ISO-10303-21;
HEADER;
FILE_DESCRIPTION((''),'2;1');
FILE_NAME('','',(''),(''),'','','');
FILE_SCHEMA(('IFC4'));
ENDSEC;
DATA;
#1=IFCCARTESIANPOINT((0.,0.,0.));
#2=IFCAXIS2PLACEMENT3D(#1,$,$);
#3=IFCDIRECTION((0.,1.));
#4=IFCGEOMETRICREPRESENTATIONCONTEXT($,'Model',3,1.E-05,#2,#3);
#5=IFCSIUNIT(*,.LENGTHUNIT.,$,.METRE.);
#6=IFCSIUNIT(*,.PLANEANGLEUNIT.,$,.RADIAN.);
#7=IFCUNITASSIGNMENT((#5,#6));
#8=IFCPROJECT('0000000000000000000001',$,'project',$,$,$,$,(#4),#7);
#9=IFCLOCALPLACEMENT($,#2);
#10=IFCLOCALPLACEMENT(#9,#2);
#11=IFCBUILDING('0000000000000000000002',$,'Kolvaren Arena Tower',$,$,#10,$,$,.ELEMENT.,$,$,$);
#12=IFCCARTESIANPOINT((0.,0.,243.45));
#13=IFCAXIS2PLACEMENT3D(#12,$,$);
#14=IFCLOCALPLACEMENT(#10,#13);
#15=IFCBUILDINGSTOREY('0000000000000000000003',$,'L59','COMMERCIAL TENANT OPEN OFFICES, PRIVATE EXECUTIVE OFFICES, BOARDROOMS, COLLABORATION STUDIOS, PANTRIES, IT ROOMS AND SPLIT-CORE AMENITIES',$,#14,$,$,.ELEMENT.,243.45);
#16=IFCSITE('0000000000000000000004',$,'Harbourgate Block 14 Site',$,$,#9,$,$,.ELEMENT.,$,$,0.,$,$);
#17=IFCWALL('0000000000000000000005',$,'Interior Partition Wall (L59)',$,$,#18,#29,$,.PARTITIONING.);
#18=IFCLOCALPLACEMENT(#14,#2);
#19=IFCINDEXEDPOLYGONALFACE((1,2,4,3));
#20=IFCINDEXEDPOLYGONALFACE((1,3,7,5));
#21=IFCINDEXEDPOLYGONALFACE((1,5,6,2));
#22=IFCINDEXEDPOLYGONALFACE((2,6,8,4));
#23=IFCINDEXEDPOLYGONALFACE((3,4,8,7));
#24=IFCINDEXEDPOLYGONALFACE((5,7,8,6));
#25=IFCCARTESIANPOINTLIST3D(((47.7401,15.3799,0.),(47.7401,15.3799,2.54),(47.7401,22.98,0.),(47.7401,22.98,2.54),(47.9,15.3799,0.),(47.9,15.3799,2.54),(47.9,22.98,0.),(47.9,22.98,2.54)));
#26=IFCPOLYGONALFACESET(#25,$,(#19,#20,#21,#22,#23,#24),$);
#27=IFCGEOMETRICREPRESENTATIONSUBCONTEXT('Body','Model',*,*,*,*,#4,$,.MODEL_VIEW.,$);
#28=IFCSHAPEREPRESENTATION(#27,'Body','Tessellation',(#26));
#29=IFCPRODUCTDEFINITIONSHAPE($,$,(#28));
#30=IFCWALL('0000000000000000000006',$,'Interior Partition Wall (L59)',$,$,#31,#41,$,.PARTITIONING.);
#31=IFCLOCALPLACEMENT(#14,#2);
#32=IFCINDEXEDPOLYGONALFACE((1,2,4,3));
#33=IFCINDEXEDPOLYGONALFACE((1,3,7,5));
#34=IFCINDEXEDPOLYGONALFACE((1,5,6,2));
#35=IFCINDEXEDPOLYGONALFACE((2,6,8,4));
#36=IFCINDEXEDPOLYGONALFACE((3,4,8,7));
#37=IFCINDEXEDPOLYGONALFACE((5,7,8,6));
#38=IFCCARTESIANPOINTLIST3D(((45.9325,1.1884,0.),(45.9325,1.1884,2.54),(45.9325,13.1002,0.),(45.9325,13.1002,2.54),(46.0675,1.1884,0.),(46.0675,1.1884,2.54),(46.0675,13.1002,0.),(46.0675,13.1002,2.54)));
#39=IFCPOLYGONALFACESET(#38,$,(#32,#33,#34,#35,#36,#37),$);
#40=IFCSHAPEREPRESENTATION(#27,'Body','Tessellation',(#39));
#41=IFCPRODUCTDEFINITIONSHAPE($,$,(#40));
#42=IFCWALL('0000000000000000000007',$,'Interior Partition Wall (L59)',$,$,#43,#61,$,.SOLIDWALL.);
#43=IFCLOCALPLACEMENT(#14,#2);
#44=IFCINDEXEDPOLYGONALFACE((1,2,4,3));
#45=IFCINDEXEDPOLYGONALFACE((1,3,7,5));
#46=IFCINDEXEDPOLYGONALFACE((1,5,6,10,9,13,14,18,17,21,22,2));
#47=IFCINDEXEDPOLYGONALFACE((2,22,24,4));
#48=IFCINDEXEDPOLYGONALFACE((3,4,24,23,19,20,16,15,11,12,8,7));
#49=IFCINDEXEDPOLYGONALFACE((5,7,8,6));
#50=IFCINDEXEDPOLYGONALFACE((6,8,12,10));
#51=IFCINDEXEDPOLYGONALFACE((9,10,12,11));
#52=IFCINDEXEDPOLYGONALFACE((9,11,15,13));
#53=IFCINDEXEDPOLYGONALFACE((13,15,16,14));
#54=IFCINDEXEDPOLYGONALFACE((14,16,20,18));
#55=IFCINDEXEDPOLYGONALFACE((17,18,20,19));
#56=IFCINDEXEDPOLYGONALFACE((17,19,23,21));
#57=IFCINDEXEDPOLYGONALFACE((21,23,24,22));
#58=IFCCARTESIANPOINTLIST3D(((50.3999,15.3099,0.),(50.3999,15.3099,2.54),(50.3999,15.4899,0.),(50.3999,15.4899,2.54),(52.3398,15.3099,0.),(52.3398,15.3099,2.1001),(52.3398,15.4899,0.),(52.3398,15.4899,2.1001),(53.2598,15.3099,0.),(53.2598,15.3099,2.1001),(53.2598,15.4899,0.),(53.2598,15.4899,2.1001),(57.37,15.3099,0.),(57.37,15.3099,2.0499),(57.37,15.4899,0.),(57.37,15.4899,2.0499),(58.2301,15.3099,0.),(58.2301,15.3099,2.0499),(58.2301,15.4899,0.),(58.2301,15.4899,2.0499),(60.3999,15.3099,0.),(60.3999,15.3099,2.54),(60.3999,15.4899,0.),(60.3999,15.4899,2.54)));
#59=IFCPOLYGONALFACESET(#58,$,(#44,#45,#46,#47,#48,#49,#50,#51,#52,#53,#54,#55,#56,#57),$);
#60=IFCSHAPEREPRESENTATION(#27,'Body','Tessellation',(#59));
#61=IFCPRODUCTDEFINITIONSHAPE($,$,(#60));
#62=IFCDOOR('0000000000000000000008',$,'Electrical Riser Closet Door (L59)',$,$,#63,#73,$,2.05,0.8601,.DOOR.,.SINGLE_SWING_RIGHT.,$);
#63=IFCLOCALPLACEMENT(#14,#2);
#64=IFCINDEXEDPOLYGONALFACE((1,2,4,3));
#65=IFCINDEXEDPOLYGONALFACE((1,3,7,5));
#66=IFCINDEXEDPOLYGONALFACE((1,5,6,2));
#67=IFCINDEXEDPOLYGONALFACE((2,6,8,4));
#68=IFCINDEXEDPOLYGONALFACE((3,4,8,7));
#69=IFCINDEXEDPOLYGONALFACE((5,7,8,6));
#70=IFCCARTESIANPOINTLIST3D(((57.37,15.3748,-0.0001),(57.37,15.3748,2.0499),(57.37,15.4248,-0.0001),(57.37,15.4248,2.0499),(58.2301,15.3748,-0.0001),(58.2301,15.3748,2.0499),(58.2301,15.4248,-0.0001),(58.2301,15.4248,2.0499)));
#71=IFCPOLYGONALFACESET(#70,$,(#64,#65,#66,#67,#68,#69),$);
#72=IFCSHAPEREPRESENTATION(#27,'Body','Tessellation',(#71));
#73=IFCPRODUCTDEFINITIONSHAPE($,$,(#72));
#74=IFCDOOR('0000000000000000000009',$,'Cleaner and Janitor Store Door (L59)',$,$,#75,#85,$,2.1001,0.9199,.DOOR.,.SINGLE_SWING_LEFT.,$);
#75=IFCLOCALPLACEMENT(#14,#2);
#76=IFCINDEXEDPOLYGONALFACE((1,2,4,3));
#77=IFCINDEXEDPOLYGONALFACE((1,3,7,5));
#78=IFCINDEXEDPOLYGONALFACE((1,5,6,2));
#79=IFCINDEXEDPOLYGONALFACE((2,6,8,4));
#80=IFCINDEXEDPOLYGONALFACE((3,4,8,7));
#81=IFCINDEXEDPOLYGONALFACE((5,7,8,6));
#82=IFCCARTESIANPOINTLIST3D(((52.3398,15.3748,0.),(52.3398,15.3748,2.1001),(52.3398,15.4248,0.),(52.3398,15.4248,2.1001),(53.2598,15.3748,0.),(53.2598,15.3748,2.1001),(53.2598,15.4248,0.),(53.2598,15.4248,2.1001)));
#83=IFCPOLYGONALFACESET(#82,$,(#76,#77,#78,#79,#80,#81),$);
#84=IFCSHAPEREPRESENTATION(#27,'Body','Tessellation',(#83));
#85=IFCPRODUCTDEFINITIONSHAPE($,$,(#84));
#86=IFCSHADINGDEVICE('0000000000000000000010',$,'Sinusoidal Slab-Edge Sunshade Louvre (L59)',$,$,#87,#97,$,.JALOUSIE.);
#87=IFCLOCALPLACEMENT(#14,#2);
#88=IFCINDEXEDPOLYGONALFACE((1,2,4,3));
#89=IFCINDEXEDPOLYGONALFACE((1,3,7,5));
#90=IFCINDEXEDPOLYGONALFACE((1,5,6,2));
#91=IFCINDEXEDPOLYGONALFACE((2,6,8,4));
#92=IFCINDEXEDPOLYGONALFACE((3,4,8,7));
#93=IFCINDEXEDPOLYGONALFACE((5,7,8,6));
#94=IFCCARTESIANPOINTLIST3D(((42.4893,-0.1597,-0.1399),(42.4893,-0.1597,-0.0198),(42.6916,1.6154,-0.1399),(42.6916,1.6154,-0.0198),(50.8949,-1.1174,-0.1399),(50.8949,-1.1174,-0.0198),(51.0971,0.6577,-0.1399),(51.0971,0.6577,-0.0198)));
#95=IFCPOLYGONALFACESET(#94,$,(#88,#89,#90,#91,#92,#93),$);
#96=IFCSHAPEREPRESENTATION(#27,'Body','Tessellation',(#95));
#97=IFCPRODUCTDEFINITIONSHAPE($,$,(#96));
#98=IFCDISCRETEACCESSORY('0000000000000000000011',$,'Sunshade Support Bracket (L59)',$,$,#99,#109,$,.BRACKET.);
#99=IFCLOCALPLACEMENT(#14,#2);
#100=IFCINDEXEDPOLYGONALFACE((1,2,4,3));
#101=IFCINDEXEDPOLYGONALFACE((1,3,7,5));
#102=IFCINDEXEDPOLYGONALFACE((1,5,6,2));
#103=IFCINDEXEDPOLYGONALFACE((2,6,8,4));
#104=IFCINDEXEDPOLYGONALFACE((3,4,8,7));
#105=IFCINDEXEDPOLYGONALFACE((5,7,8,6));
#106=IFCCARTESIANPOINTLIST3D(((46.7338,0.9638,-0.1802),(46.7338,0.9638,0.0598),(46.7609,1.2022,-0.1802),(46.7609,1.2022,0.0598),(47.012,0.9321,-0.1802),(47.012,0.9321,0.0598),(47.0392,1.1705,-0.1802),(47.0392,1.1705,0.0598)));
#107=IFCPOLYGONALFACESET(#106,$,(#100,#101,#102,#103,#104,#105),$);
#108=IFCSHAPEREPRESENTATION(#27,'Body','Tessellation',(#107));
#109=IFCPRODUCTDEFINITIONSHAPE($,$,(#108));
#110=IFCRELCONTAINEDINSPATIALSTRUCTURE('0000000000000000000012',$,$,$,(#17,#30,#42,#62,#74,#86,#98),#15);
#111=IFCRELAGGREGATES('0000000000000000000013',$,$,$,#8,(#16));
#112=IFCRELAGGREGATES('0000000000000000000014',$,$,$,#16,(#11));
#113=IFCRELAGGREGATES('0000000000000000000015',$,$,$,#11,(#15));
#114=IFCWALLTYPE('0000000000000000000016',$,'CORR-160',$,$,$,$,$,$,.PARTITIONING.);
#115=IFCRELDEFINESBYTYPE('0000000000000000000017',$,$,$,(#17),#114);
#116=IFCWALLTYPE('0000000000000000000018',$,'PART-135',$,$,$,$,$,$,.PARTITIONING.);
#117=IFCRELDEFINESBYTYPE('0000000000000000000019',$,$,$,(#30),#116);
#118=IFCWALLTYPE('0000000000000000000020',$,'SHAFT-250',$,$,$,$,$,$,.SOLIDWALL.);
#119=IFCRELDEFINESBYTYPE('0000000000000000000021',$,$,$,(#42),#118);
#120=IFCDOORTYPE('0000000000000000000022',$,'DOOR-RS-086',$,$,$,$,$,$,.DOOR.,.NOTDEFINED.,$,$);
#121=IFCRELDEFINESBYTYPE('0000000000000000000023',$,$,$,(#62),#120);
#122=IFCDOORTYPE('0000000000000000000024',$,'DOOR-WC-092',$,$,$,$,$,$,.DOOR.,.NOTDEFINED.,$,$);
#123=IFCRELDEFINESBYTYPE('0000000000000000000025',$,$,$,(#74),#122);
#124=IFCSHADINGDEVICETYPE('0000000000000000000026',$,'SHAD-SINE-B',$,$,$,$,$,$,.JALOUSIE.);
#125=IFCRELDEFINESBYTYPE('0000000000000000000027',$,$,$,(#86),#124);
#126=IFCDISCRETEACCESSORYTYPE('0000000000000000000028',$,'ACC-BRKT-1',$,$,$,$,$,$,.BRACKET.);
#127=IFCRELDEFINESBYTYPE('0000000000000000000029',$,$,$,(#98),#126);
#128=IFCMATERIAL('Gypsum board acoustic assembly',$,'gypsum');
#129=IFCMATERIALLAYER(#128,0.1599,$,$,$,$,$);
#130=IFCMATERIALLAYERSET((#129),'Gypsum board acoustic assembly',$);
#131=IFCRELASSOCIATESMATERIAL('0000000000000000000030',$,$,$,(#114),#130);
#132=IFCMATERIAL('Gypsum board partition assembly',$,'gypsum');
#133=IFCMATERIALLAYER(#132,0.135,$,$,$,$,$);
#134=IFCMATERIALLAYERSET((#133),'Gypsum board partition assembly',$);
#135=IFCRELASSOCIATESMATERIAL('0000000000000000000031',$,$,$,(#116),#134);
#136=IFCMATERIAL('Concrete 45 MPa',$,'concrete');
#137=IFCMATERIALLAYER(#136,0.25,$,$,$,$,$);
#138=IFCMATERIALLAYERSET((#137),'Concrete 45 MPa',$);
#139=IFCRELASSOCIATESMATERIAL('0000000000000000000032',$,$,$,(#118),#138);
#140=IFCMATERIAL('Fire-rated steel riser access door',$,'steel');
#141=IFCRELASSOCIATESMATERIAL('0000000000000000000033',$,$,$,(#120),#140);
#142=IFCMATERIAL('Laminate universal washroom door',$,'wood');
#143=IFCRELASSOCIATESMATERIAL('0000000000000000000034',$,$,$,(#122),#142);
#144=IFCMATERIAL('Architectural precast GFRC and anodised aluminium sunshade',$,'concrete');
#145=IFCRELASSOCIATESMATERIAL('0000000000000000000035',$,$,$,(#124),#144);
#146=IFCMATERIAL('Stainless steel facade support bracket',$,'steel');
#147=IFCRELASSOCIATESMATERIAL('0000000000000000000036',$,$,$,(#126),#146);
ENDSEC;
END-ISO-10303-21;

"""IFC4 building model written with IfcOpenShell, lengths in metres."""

from ifc_helpers import new_model, si_unit, direction, frame, frame_2d, origin, origin_2d, place, context, subcontext, project, spatial, rectangle, extrude, material, layer, layer_set, type_object, element, fill, save


model = new_model("IFC4")

# Units and contexts
model_context = context("Model", 3, precision=1e-05, world=origin(), true_north=direction((0.0, 1.0)))
body_context = subcontext(model_context, "Body", "Model", "MODEL_VIEW")
ifc_project = project(units=[si_unit("LENGTHUNIT", "METRE"), si_unit("PLANEANGLEUNIT", "RADIAN")], contexts=[model_context])

# Site, building, storey
site_placement = place(None, origin())
site = spatial("IfcSite", under=ifc_project, at=site_placement, Name="Harbourgate Block 14 Site", CompositionType="ELEMENT", RefElevation=0.0)
building_placement = place(site_placement, origin())
building = spatial("IfcBuilding", under=site, at=building_placement, Name="Kolvaren Arena Tower", CompositionType="ELEMENT")
storey_placement = place(building_placement, frame((0.0, 0.0, 243.45)))
storey = spatial("IfcBuildingStorey", under=building, at=storey_placement, Name="L59", Description="COMMERCIAL TENANT OPEN OFFICES, PRIVATE EXECUTIVE OFFICES, BOARDROOMS, COLLABORATION STUDIOS, PANTRIES, IT ROOMS AND SPLIT-CORE AMENITIES", CompositionType="ELEMENT", Elevation=243.45)

# Walls
ifc_material_1 = material(Name="Gypsum board acoustic assembly", Category="gypsum")
ifc_layer_1 = layer(ifc_material_1, 0.1599)
ifc_layer_set_1 = layer_set([ifc_layer_1], Name="Gypsum board acoustic assembly")
wall_type_1 = type_object("IfcWallType", Name="CORR-160", PredefinedType="PARTITIONING", material=ifc_layer_set_1)
for number, where, z_axis, x_axis, name in (
    (1, (47.8201, 15.3799, 0.0), (0.0, 0.0, 1.0), (0.0, 1.0, 0.0), "Interior Partition Wall (L59)"),
):
    element("IfcWall", number, at=place(storey_placement, frame(where, z_axis=z_axis, x_axis=x_axis)), inside=storey, type_object=wall_type_1, Name=name, PredefinedType="PARTITIONING", context=body_context, shape_type="SweptSolid", body=[
        extrude(rectangle(XDim=7.6001, YDim=0.1599, at=frame_2d((3.8, 0.0))), origin(), (0.0, 0.0, 1.0), 2.54),
    ])
ifc_material_2 = material(Name="Gypsum board partition assembly", Category="gypsum")
ifc_layer_2 = layer(ifc_material_2, 0.135)
ifc_layer_set_2 = layer_set([ifc_layer_2], Name="Gypsum board partition assembly")
wall_type_2 = type_object("IfcWallType", Name="PART-135", PredefinedType="PARTITIONING", material=ifc_layer_set_2)
wall_1_placement = place(storey_placement, frame((46.0, 1.1882, 0.0), z_axis=(0.0, 0.0, 1.0), x_axis=(0.0, 1.0, 0.0)))
element("IfcWall", 2, at=wall_1_placement, inside=storey, type_object=wall_type_2, Name="Interior Partition Wall (L59)", PredefinedType="PARTITIONING", context=body_context, shape_type="SweptSolid", body=[
    extrude(rectangle(XDim=11.9119, YDim=0.135, at=frame_2d((5.9561, 0.0))), origin(), (0.0, 0.0, 1.0), 2.54),
])

# Wall, openings, doors
ifc_material_3 = material(Name="Concrete 45 MPa", Category="concrete")
ifc_layer_3 = layer(ifc_material_3, 0.25)
ifc_layer_set_3 = layer_set([ifc_layer_3], Name="Concrete 45 MPa")
wall_type_3 = type_object("IfcWallType", Name="SHAFT-250", PredefinedType="SOLIDWALL", material=ifc_layer_set_3)
wall_2_placement = place(storey_placement, frame((50.3999, 15.3999, 0.0), z_axis=(0.0, 0.0, 1.0), x_axis=(1.0, 0.0, 0.0)))
wall_2 = element("IfcWall", 3, at=wall_2_placement, inside=storey, type_object=wall_type_3, Name="Interior Partition Wall (L59)", PredefinedType="SOLIDWALL", context=body_context, shape_type="SweptSolid", body=[
    extrude(rectangle(XDim=10.0, YDim=0.1799, at=frame_2d((5.0, 0.0))), origin(), (0.0, 0.0, 1.0), 2.54),
])
opening_1_placement = place(wall_2_placement, frame((1.9399, 0.0, 0.0)))
opening_1 = element("IfcOpeningElement", 4, at=opening_1_placement, cuts=wall_2, PredefinedType="OPENING", context=body_context, shape_type="SweptSolid", body=[
    extrude(rectangle(XDim=0.9199, YDim=2.1001, at=frame_2d((0.46, 1.05))), frame((0.0, 0.0999, 0.0), z_axis=(0.0, -1.0, 0.0), x_axis=(1.0, 0.0, 0.0)), (0.0, 0.0, 1.0), 0.2),
])
opening_2_placement = place(wall_2_placement, frame((6.97, 0.0, 0.0)))
opening_2 = element("IfcOpeningElement", 5, at=opening_2_placement, cuts=wall_2, PredefinedType="OPENING", context=body_context, shape_type="SweptSolid", body=[
    extrude(rectangle(XDim=0.8601, YDim=2.05, at=frame_2d((0.4302, 1.0249))), frame((0.0, 0.0999, 0.0), z_axis=(0.0, -1.0, 0.0), x_axis=(1.0, 0.0, 0.0)), (0.0, 0.0, 1.0), 0.2),
])
ifc_material_4 = material(Name="Fire-rated steel riser access door", Category="steel")
door_type_1 = type_object("IfcDoorType", Name="DOOR-RS-086", OperationType="NOTDEFINED", PredefinedType="DOOR", material=ifc_material_4)
door_1_placement = place(opening_2_placement, origin())
door_1 = element("IfcDoor", 6, at=door_1_placement, inside=storey, type_object=door_type_1, Name="Electrical Riser Closet Door (L59)", OperationType="SINGLE_SWING_RIGHT", OverallHeight=2.05, OverallWidth=0.8601, PredefinedType="DOOR", context=body_context, shape_type="SweptSolid", body=[
    extrude(rectangle(XDim=0.8601, YDim=2.05, at=frame_2d((0.4302, 1.0249))), frame((0.0, 0.0249, 0.0), z_axis=(0.0, -1.0, 0.0), x_axis=(1.0, 0.0, 0.0)), (0.0, 0.0, 1.0), 0.05),
])
fill(opening_2, door_1)
ifc_material_5 = material(Name="Laminate universal washroom door", Category="wood")
door_type_2 = type_object("IfcDoorType", Name="DOOR-WC-092", OperationType="NOTDEFINED", PredefinedType="DOOR", material=ifc_material_5)
door_2_placement = place(opening_1_placement, origin())
door_2 = element("IfcDoor", 7, at=door_2_placement, inside=storey, type_object=door_type_2, Name="Cleaner and Janitor Store Door (L59)", OperationType="SINGLE_SWING_LEFT", OverallHeight=2.1001, OverallWidth=0.9199, PredefinedType="DOOR", context=body_context, shape_type="SweptSolid", body=[
    extrude(rectangle(XDim=0.9199, YDim=2.1001, at=frame_2d((0.46, 1.05))), frame((0.0, 0.0249, 0.0), z_axis=(0.0, -1.0, 0.0), x_axis=(1.0, 0.0, 0.0)), (0.0, 0.0, 1.0), 0.05),
])
fill(opening_1, door_2)

# Shading device
ifc_material_6 = material(Name="Architectural precast GFRC and anodised aluminium sunshade", Category="concrete")
shading_device_type = type_object("IfcShadingDeviceType", Name="SHAD-SINE-B", PredefinedType="JALOUSIE", material=ifc_material_6)
shading_device_placement = place(storey_placement, frame((46.7932, 0.249, -0.1399), z_axis=(0.0, 0.0, 1.0), x_axis=(-0.993572, 0.113205, 0.0)))
element("IfcShadingDevice", 8, at=shading_device_placement, inside=storey, type_object=shading_device_type, Name="Sinusoidal Slab-Edge Sunshade Louvre (L59)", PredefinedType="JALOUSIE", context=body_context, shape_type="SweptSolid", body=[
    extrude(rectangle(XDim=8.46, YDim=1.7866, at=origin_2d()), origin(), (0.0, 0.0, 1.0), 0.1201),
])

# Discrete accessory
ifc_material_7 = material(Name="Stainless steel facade support bracket", Category="steel")
discrete_accessory_type = type_object("IfcDiscreteAccessoryType", Name="ACC-BRKT-1", PredefinedType="BRACKET", material=ifc_material_7)
discrete_accessory_placement = place(storey_placement, frame((46.8865, 1.0671, -0.1802), z_axis=(0.0, 0.0, 1.0), x_axis=(-0.993572, 0.113205, 0.0)))
element("IfcDiscreteAccessory", 9, at=discrete_accessory_placement, inside=storey, type_object=discrete_accessory_type, Name="Sunshade Support Bracket (L59)", PredefinedType="BRACKET", context=body_context, shape_type="SweptSolid", body=[
    extrude(rectangle(XDim=0.28, YDim=0.24, at=origin_2d()), origin(), (0.0, 0.0, 1.0), 0.24),
])

save(model, "model.ifc")
